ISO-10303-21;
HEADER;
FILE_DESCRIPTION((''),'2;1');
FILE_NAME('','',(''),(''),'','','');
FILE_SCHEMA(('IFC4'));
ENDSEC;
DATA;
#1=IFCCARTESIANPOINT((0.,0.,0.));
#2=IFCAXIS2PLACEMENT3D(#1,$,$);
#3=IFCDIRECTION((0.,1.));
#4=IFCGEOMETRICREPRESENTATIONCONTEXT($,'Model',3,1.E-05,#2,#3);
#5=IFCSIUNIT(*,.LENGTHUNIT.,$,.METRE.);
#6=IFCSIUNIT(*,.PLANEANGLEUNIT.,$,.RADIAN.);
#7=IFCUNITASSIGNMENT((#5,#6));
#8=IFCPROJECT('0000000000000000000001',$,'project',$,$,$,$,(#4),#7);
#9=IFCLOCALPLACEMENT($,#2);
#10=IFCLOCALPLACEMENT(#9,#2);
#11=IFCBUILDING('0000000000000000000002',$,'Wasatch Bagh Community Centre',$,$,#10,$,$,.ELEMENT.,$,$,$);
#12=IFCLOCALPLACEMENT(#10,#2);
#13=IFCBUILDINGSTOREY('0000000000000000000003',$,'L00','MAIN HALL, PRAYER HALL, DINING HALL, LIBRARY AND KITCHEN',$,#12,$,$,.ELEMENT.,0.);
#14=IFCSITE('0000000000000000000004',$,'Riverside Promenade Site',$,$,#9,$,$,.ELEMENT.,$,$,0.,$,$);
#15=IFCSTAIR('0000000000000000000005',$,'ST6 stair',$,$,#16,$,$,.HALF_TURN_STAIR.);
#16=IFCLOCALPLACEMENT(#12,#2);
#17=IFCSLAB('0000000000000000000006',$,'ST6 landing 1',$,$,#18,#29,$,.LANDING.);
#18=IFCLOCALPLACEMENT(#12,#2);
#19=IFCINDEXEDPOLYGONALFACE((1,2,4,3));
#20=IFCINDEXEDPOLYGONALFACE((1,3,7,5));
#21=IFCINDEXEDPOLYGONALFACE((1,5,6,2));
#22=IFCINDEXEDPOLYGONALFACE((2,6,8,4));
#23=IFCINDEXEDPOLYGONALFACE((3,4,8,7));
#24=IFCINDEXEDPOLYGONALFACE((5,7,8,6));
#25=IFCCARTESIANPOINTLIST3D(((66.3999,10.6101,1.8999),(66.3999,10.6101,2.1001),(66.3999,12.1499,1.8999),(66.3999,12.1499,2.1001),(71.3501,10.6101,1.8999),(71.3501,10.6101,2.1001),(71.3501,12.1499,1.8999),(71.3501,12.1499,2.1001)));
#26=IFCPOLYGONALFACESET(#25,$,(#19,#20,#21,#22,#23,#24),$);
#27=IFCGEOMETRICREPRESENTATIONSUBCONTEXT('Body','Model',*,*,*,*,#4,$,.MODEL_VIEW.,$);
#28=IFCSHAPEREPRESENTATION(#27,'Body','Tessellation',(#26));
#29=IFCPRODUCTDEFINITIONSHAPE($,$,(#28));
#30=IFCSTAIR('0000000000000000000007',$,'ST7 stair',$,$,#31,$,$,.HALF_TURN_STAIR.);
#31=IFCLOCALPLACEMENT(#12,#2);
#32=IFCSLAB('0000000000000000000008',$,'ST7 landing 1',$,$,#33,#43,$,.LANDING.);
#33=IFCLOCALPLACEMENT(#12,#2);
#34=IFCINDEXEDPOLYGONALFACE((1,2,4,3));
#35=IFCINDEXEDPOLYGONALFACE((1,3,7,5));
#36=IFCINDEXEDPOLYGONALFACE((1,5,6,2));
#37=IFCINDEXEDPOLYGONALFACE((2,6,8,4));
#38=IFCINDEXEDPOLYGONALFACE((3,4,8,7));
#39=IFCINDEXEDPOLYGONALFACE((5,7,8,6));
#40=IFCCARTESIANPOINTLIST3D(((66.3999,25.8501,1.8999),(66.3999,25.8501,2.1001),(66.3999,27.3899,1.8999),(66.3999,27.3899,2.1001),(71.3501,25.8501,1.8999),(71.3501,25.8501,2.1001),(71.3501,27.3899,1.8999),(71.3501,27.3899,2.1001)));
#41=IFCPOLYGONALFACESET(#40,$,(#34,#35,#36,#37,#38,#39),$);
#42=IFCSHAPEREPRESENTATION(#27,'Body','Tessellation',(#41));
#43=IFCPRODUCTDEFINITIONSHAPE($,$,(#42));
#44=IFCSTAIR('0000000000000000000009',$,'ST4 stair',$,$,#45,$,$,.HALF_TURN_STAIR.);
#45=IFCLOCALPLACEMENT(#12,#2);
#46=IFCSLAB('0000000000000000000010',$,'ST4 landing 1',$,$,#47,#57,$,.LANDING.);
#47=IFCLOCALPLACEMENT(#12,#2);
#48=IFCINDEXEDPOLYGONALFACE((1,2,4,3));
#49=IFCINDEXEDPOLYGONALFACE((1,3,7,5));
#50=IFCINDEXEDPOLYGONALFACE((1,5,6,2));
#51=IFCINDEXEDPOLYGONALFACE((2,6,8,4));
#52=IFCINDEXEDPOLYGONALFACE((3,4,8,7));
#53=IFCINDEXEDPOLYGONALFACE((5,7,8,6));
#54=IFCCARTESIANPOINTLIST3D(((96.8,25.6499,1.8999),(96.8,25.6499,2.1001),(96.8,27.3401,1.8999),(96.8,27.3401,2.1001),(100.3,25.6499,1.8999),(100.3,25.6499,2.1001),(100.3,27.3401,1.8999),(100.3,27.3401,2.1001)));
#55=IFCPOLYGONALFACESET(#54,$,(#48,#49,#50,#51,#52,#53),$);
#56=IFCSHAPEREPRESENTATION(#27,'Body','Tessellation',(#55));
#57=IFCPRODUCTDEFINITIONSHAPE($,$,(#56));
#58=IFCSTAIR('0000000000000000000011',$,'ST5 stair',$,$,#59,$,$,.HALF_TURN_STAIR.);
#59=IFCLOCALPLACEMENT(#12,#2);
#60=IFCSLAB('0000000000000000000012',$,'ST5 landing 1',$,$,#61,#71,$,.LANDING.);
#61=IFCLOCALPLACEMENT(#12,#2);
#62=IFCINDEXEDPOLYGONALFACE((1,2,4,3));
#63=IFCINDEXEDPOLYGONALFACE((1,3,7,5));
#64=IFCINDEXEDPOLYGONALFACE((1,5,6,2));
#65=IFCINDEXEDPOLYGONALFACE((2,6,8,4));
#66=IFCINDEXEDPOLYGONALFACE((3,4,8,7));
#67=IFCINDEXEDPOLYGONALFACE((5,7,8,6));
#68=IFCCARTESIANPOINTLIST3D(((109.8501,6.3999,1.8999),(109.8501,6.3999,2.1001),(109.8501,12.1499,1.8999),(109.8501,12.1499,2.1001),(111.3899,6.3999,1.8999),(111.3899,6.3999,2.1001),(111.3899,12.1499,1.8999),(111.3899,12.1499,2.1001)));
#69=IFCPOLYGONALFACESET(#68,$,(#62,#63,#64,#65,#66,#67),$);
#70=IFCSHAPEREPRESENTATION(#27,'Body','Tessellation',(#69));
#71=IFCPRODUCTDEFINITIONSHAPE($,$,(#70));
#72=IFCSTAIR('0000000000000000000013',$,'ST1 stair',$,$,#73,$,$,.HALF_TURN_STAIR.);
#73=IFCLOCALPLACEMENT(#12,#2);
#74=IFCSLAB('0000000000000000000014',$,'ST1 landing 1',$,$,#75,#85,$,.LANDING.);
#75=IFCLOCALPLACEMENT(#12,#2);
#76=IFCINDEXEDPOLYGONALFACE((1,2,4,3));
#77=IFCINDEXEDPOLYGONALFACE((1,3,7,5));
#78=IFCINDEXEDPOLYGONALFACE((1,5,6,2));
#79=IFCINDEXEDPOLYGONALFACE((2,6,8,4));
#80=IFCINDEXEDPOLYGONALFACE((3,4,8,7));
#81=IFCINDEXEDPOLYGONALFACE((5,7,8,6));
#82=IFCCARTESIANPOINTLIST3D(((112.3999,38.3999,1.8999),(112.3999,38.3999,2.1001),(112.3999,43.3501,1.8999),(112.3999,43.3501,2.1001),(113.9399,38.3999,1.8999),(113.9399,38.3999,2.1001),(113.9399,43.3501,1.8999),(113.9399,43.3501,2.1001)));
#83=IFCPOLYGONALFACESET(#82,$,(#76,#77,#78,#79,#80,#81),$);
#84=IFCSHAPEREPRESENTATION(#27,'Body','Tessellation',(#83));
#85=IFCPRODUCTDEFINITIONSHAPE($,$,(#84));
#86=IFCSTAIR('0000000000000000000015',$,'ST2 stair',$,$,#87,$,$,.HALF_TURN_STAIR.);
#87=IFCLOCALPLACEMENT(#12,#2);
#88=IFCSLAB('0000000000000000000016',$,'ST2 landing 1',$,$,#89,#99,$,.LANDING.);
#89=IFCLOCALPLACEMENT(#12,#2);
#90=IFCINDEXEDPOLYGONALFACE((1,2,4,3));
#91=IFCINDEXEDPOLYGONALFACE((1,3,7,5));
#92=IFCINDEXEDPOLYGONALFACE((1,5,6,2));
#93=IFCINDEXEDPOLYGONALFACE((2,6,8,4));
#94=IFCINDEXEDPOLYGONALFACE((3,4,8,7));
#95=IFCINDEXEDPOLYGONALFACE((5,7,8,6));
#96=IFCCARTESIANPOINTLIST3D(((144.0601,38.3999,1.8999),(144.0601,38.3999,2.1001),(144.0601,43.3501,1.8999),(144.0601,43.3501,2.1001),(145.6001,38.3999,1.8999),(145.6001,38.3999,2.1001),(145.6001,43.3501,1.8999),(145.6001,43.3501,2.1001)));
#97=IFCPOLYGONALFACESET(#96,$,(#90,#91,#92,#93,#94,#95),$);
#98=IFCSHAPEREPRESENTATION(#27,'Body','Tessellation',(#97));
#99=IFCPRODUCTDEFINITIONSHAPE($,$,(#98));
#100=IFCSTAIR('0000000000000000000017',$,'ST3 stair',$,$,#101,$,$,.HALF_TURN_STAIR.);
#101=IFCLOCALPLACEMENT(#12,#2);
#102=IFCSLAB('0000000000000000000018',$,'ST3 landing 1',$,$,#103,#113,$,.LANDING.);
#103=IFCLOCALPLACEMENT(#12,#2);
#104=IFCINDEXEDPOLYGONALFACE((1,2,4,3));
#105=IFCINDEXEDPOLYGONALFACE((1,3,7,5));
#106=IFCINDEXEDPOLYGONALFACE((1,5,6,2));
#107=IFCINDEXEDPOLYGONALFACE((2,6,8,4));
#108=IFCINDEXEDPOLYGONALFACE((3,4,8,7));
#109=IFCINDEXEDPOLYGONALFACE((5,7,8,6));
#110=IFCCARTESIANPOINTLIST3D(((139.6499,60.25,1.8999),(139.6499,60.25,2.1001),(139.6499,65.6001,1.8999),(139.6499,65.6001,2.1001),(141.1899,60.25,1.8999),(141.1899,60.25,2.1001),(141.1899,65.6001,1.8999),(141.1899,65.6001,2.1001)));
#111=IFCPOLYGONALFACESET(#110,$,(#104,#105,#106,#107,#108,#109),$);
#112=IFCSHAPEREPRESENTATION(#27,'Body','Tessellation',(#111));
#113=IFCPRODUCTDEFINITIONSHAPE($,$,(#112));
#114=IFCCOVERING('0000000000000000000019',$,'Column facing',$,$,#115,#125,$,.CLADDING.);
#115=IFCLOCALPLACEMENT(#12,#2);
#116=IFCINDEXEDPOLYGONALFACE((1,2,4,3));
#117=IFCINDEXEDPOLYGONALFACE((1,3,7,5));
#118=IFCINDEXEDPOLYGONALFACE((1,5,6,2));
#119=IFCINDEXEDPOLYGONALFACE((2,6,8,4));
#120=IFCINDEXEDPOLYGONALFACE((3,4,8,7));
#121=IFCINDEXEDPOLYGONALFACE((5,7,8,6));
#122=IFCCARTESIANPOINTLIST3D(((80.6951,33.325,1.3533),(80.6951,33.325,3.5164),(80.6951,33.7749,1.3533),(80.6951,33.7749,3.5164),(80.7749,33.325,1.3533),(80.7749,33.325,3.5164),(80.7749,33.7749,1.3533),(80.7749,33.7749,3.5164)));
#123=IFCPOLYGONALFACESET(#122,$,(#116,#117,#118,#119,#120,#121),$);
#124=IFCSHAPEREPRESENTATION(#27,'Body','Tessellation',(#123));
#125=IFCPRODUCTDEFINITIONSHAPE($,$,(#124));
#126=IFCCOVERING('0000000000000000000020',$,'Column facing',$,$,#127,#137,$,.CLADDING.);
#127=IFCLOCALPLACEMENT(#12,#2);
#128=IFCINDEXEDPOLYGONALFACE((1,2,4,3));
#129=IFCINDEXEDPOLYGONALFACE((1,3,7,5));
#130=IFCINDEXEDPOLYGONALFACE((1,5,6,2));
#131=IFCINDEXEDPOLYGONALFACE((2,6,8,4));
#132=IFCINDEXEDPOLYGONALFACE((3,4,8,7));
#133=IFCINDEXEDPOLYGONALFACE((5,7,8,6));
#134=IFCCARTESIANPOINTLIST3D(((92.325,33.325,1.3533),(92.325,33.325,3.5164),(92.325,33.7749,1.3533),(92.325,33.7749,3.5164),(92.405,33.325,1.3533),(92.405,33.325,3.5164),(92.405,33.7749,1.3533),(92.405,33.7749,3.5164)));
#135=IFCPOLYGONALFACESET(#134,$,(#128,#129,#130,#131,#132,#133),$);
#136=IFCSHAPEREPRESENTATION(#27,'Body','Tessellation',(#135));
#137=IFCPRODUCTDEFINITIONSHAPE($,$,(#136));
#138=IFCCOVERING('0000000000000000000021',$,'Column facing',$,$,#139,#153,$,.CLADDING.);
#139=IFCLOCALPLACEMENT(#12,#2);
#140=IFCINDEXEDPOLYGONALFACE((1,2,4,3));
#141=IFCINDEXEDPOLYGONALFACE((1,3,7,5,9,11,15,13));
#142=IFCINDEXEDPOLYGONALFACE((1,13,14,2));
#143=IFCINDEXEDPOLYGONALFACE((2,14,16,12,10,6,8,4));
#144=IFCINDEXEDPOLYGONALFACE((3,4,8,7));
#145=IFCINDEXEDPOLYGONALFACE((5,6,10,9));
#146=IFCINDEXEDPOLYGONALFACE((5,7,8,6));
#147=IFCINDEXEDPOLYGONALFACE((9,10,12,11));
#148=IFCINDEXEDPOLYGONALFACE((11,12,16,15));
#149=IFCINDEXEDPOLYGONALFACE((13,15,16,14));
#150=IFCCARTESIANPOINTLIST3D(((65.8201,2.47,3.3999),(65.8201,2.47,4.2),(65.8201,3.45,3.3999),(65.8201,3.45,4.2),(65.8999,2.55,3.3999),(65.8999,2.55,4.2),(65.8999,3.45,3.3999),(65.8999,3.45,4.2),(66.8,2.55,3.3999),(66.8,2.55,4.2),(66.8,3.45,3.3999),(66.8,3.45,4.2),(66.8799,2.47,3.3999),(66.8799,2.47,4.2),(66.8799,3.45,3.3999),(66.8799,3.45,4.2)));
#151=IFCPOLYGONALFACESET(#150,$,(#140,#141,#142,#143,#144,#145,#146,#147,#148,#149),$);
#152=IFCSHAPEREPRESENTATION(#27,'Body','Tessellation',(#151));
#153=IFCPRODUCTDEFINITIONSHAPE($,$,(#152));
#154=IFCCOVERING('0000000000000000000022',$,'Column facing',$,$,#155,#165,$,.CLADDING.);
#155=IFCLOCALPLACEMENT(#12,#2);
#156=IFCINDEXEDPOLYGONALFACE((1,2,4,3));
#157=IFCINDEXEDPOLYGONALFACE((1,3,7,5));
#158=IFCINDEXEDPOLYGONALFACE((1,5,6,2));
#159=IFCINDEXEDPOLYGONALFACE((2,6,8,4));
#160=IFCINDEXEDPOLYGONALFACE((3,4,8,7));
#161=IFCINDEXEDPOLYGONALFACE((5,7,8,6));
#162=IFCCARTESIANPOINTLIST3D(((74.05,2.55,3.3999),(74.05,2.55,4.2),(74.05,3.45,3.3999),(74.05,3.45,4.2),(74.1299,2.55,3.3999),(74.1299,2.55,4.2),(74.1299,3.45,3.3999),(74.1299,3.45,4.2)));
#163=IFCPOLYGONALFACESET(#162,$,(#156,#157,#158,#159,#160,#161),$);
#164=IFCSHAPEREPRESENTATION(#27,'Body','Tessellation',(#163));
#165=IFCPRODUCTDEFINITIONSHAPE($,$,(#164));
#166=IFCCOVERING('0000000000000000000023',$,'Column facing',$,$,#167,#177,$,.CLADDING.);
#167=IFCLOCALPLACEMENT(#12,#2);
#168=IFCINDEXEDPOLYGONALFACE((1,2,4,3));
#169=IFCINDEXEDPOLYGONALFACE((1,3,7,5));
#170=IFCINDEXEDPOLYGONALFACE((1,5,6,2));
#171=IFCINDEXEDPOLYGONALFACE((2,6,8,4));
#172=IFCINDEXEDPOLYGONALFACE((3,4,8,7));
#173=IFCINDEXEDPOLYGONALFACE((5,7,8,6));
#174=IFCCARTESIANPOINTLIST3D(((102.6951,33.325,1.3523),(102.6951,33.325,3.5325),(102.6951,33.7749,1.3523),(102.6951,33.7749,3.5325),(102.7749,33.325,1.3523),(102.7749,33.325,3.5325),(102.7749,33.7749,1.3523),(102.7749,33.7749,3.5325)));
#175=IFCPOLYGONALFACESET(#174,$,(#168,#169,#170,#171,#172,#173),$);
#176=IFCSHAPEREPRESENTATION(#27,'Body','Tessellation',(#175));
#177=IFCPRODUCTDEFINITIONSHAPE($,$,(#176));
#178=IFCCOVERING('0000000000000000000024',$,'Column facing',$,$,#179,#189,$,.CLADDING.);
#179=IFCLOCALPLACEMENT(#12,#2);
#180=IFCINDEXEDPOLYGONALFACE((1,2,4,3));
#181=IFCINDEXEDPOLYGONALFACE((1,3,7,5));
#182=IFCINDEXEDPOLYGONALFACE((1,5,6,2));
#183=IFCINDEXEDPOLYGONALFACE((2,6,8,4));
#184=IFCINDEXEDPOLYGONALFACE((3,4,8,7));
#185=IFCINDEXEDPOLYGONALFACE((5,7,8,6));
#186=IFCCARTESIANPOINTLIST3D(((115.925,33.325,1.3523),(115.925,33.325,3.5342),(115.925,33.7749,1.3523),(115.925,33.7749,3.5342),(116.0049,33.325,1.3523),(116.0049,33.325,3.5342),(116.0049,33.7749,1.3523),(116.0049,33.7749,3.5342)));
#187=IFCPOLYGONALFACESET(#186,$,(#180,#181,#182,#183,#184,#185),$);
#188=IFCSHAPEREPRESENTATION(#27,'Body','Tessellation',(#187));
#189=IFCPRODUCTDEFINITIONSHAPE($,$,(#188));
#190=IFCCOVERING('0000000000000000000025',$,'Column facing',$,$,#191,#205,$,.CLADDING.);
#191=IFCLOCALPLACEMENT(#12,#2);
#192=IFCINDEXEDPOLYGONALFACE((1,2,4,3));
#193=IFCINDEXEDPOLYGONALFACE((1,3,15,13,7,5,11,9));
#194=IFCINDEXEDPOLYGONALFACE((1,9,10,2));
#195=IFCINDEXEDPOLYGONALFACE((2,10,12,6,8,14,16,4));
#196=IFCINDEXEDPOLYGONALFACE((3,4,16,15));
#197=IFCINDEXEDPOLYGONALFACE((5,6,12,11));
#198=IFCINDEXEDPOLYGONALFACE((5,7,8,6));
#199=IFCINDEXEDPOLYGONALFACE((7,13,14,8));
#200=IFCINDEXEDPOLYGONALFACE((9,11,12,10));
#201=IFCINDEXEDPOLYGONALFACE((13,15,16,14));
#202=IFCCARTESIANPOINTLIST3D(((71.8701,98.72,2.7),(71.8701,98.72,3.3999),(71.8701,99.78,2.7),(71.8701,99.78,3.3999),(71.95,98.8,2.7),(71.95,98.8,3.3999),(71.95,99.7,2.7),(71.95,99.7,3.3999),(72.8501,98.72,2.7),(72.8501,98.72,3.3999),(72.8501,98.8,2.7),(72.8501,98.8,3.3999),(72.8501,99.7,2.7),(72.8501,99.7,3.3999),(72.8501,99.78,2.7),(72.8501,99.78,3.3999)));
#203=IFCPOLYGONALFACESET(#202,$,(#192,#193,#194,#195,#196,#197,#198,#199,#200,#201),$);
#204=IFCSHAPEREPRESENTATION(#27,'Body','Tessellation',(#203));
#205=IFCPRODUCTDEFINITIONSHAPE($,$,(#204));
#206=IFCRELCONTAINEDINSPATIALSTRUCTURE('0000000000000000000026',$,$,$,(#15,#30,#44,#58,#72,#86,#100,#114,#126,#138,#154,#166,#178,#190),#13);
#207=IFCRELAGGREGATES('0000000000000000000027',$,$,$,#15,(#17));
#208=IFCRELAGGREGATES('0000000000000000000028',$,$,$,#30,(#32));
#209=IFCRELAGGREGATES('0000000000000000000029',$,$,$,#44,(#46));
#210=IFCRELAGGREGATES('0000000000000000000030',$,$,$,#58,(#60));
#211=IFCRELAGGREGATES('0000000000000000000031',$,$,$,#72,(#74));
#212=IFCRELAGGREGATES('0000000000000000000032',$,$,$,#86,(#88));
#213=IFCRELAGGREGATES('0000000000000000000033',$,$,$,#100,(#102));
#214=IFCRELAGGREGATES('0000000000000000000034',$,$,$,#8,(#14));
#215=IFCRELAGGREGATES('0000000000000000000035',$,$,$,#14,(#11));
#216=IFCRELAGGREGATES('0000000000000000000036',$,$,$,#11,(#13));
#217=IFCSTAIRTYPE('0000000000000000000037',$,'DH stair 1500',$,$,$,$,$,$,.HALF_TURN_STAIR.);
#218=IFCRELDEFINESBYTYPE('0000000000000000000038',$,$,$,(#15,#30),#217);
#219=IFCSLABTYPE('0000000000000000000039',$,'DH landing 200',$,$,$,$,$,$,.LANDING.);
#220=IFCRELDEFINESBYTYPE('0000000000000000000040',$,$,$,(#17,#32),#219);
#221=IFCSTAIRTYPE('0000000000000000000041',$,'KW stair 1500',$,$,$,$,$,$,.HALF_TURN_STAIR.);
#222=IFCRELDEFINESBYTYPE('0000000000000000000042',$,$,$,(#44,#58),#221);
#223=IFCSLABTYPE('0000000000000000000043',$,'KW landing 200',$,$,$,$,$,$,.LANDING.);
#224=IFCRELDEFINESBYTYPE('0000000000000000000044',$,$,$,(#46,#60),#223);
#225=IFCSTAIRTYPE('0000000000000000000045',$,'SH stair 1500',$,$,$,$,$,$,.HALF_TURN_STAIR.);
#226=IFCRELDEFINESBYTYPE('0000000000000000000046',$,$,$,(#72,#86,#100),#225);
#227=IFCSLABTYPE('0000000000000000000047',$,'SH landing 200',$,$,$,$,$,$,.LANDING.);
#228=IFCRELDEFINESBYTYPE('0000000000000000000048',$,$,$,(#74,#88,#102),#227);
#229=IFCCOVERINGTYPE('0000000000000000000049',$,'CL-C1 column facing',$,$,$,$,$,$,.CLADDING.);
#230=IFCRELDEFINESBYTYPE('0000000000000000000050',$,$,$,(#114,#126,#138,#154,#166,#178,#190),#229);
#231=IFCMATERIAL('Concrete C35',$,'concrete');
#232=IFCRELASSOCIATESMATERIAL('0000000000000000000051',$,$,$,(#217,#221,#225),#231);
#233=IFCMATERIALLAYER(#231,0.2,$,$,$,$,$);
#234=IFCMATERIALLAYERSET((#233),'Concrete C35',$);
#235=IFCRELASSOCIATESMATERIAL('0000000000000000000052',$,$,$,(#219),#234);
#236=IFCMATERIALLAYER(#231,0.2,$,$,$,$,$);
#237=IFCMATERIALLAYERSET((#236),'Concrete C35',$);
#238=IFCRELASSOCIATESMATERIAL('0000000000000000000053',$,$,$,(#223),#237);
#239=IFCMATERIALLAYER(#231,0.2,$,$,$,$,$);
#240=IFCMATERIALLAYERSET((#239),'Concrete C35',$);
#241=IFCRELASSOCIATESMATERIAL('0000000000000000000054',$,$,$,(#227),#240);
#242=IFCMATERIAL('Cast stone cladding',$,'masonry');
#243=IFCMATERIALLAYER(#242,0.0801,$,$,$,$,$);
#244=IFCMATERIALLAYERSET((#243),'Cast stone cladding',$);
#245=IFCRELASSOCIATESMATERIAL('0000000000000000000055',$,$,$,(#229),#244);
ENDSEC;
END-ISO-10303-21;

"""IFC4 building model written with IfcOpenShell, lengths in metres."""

from ifc_helpers import new_model, si_unit, direction, frame, origin, place, context, subcontext, project, spatial, polyline, outline, extrude, material, layer, layer_set, type_object, element, aggregate, save


model = new_model("IFC4")

# Units and contexts
model_context = context("Model", 3, precision=1e-05, world=origin(), true_north=direction((0.0, 1.0)))
body_context = subcontext(model_context, "Body", "Model", "MODEL_VIEW")
ifc_project = project(units=[si_unit("LENGTHUNIT", "METRE"), si_unit("PLANEANGLEUNIT", "RADIAN")], contexts=[model_context])

# Site, building, storey
site_placement = place(None, origin())
site = spatial("IfcSite", under=ifc_project, at=site_placement, Name="Riverside Promenade Site", CompositionType="ELEMENT", RefElevation=0.0)
building_placement = place(site_placement, origin())
building = spatial("IfcBuilding", under=site, at=building_placement, Name="Wasatch Bagh Community Centre", CompositionType="ELEMENT")
storey_placement = place(building_placement, origin())
storey = spatial("IfcBuildingStorey", under=building, at=storey_placement, Name="L00", Description="MAIN HALL, PRAYER HALL, DINING HALL, LIBRARY AND KITCHEN", CompositionType="ELEMENT", Elevation=0.0)

# Stairs, slabs
ifc_material_1 = material(Name="Concrete C35", Category="concrete")
stair_type_1 = type_object("IfcStairType", Name="DH stair 1500", PredefinedType="HALF_TURN_STAIR", material=ifc_material_1)
stair_1_placement = place(storey_placement, origin())
stair_1 = element("IfcStair", 1, at=stair_1_placement, inside=storey, type_object=stair_type_1, Name="ST6 stair", PredefinedType="HALF_TURN_STAIR")
ifc_layer_1 = layer(ifc_material_1, 0.2)
ifc_layer_set_1 = layer_set([ifc_layer_1], Name="Concrete C35")
slab_type_1 = type_object("IfcSlabType", Name="DH landing 200", PredefinedType="LANDING", material=ifc_layer_set_1)
slab_1_placement = place(storey_placement, frame((0.0, 0.0, 1.8999)))
slab_1 = element("IfcSlab", 2, at=slab_1_placement, type_object=slab_type_1, Name="ST6 landing 1", PredefinedType="LANDING", context=body_context, shape_type="SweptSolid", body=[
    extrude(outline(polyline([(66.3999, 10.6101), (66.3999, 12.1499), (71.3501, 12.1499), (71.3501, 10.6101), (66.3999, 10.6101)])), origin(), (0.0, 0.0, 1.0), 0.2002),
])
aggregate(stair_1, [slab_1])
stair_2_placement = place(storey_placement, origin())
stair_2 = element("IfcStair", 3, at=stair_2_placement, inside=storey, type_object=stair_type_1, Name="ST7 stair", PredefinedType="HALF_TURN_STAIR")
slab_2_placement = place(storey_placement, frame((0.0, 0.0, 1.8999)))
slab_2 = element("IfcSlab", 4, at=slab_2_placement, type_object=slab_type_1, Name="ST7 landing 1", PredefinedType="LANDING", context=body_context, shape_type="SweptSolid", body=[
    extrude(outline(polyline([(66.3999, 27.3899), (66.3999, 25.8501), (71.3501, 25.8501), (71.3501, 27.3899), (66.3999, 27.3899)])), origin(), (0.0, 0.0, 1.0), 0.2002),
])
aggregate(stair_2, [slab_2])
stair_type_2 = type_object("IfcStairType", Name="KW stair 1500", PredefinedType="HALF_TURN_STAIR", material=ifc_material_1)
stair_3_placement = place(storey_placement, origin())
stair_3 = element("IfcStair", 5, at=stair_3_placement, inside=storey, type_object=stair_type_2, Name="ST4 stair", PredefinedType="HALF_TURN_STAIR")
ifc_layer_2 = layer(ifc_material_1, 0.2)
ifc_layer_set_2 = layer_set([ifc_layer_2], Name="Concrete C35")
slab_type_2 = type_object("IfcSlabType", Name="KW landing 200", PredefinedType="LANDING", material=ifc_layer_set_2)
slab_3_placement = place(storey_placement, frame((0.0, 0.0, 1.8999)))
slab_3 = element("IfcSlab", 6, at=slab_3_placement, type_object=slab_type_2, Name="ST4 landing 1", PredefinedType="LANDING", context=body_context, shape_type="SweptSolid", body=[
    extrude(outline(polyline([(96.8, 27.3401), (96.8, 25.6499), (100.3, 25.6499), (100.3, 27.3401), (96.8, 27.3401)])), origin(), (0.0, 0.0, 1.0), 0.2002),
])
aggregate(stair_3, [slab_3])
stair_4_placement = place(storey_placement, origin())
stair_4 = element("IfcStair", 7, at=stair_4_placement, inside=storey, type_object=stair_type_2, Name="ST5 stair", PredefinedType="HALF_TURN_STAIR")
slab_4_placement = place(storey_placement, frame((0.0, 0.0, 1.8999)))
slab_4 = element("IfcSlab", 8, at=slab_4_placement, type_object=slab_type_2, Name="ST5 landing 1", PredefinedType="LANDING", context=body_context, shape_type="SweptSolid", body=[
    extrude(outline(polyline([(111.3899, 6.3999), (109.8501, 6.3999), (109.8501, 12.1499), (111.3899, 12.1499), (111.3899, 6.3999)])), origin(), (0.0, 0.0, 1.0), 0.2002),
])
aggregate(stair_4, [slab_4])
stair_type_3 = type_object("IfcStairType", Name="SH stair 1500", PredefinedType="HALF_TURN_STAIR", material=ifc_material_1)
stair_5_placement = place(storey_placement, origin())
stair_5 = element("IfcStair", 9, at=stair_5_placement, inside=storey, type_object=stair_type_3, Name="ST1 stair", PredefinedType="HALF_TURN_STAIR")
ifc_layer_3 = layer(ifc_material_1, 0.2)
ifc_layer_set_3 = layer_set([ifc_layer_3], Name="Concrete C35")
slab_type_3 = type_object("IfcSlabType", Name="SH landing 200", PredefinedType="LANDING", material=ifc_layer_set_3)
slab_5_placement = place(storey_placement, frame((0.0, 0.0, 1.8999)))
slab_5 = element("IfcSlab", 10, at=slab_5_placement, type_object=slab_type_3, Name="ST1 landing 1", PredefinedType="LANDING", context=body_context, shape_type="SweptSolid", body=[
    extrude(outline(polyline([(113.9399, 38.3999), (112.3999, 38.3999), (112.3999, 43.3501), (113.9399, 43.3501), (113.9399, 38.3999)])), origin(), (0.0, 0.0, 1.0), 0.2002),
])
aggregate(stair_5, [slab_5])
stair_6_placement = place(storey_placement, origin())
stair_6 = element("IfcStair", 11, at=stair_6_placement, inside=storey, type_object=stair_type_3, Name="ST2 stair", PredefinedType="HALF_TURN_STAIR")
slab_6_placement = place(storey_placement, frame((0.0, 0.0, 1.8999)))
slab_6 = element("IfcSlab", 12, at=slab_6_placement, type_object=slab_type_3, Name="ST2 landing 1", PredefinedType="LANDING", context=body_context, shape_type="SweptSolid", body=[
    extrude(outline(polyline([(144.0601, 38.3999), (145.6001, 38.3999), (145.6001, 43.3501), (144.0601, 43.3501), (144.0601, 38.3999)])), origin(), (0.0, 0.0, 1.0), 0.2002),
])
aggregate(stair_6, [slab_6])
stair_7_placement = place(storey_placement, origin())
stair_7 = element("IfcStair", 13, at=stair_7_placement, inside=storey, type_object=stair_type_3, Name="ST3 stair", PredefinedType="HALF_TURN_STAIR")
slab_7_placement = place(storey_placement, frame((0.0, 0.0, 1.8999)))
slab_7 = element("IfcSlab", 14, at=slab_7_placement, type_object=slab_type_3, Name="ST3 landing 1", PredefinedType="LANDING", context=body_context, shape_type="SweptSolid", body=[
    extrude(outline(polyline([(141.1899, 65.6001), (139.6499, 65.6001), (139.6499, 60.25), (141.1899, 60.25), (141.1899, 65.6001)])), origin(), (0.0, 0.0, 1.0), 0.2002),
])
aggregate(stair_7, [slab_7])

# Coverings
ifc_material_2 = material(Name="Cast stone cladding", Category="masonry")
ifc_layer_4 = layer(ifc_material_2, 0.0801)
ifc_layer_set_4 = layer_set([ifc_layer_4], Name="Cast stone cladding")
covering_type = type_object("IfcCoveringType", Name="CL-C1 column facing", PredefinedType="CLADDING", material=ifc_layer_set_4)
covering_1_placement = place(storey_placement, frame((0.0, 0.0, 1.3533)))
element("IfcCovering", 15, at=covering_1_placement, inside=storey, type_object=covering_type, Name="Column facing", PredefinedType="CLADDING", context=body_context, shape_type="SweptSolid", body=[
    extrude(outline(polyline([(80.7749, 33.7749), (80.7749, 33.325), (80.6951, 33.325), (80.6951, 33.7749), (80.7749, 33.7749)])), origin(), (0.0, 0.0, 1.0), 2.1631),
])
covering_2_placement = place(storey_placement, frame((0.0, 0.0, 1.3533)))
element("IfcCovering", 16, at=covering_2_placement, inside=storey, type_object=covering_type, Name="Column facing", PredefinedType="CLADDING", context=body_context, shape_type="SweptSolid", body=[
    extrude(outline(polyline([(92.325, 33.325), (92.325, 33.7749), (92.405, 33.7749), (92.405, 33.325), (92.325, 33.325)])), origin(), (0.0, 0.0, 1.0), 2.1631),
])
covering_3_placement = place(storey_placement, frame((0.0, 0.0, 3.3999)))
element("IfcCovering", 17, at=covering_3_placement, inside=storey, type_object=covering_type, Name="Column facing", PredefinedType="CLADDING", context=body_context, shape_type="SweptSolid", body=[
    extrude(outline(polyline([(65.8201, 2.47), (65.8201, 3.45), (65.8999, 3.45), (65.8999, 2.55), (66.8, 2.55), (66.8, 3.45), (66.8799, 3.45), (66.8799, 2.47), (65.8201, 2.47)])), origin(), (0.0, 0.0, 1.0), 0.8),
])
covering_4_placement = place(storey_placement, frame((0.0, 0.0, 3.3999)))
element("IfcCovering", 18, at=covering_4_placement, inside=storey, type_object=covering_type, Name="Column facing", PredefinedType="CLADDING", context=body_context, shape_type="SweptSolid", body=[
    extrude(outline(polyline([(74.05, 3.45), (74.1299, 3.45), (74.1299, 2.55), (74.05, 2.55), (74.05, 3.45)])), origin(), (0.0, 0.0, 1.0), 0.8),
])
covering_5_placement = place(storey_placement, frame((0.0, 0.0, 1.3523)))
element("IfcCovering", 19, at=covering_5_placement, inside=storey, type_object=covering_type, Name="Column facing", PredefinedType="CLADDING", context=body_context, shape_type="SweptSolid", body=[
    extrude(outline(polyline([(102.7749, 33.7749), (102.7749, 33.325), (102.6951, 33.325), (102.6951, 33.7749), (102.7749, 33.7749)])), origin(), (0.0, 0.0, 1.0), 2.1802),
])
covering_6_placement = place(storey_placement, frame((0.0, 0.0, 1.3523)))
element("IfcCovering", 20, at=covering_6_placement, inside=storey, type_object=covering_type, Name="Column facing", PredefinedType="CLADDING", context=body_context, shape_type="SweptSolid", body=[
    extrude(outline(polyline([(115.925, 33.325), (115.925, 33.7749), (116.0049, 33.7749), (116.0049, 33.325), (115.925, 33.325)])), origin(), (0.0, 0.0, 1.0), 2.1819),
])
covering_7_placement = place(storey_placement, frame((0.0, 0.0, 2.7)))
element("IfcCovering", 21, at=covering_7_placement, inside=storey, type_object=covering_type, Name="Column facing", PredefinedType="CLADDING", context=body_context, shape_type="SweptSolid", body=[
    extrude(outline(polyline([(71.8701, 98.72), (71.8701, 99.78), (72.8501, 99.78), (72.8501, 99.7), (71.95, 99.7), (71.95, 98.8), (72.8501, 98.8), (72.8501, 98.72), (71.8701, 98.72)])), origin(), (0.0, 0.0, 1.0), 0.7),
])

save(model, "model.ifc")
